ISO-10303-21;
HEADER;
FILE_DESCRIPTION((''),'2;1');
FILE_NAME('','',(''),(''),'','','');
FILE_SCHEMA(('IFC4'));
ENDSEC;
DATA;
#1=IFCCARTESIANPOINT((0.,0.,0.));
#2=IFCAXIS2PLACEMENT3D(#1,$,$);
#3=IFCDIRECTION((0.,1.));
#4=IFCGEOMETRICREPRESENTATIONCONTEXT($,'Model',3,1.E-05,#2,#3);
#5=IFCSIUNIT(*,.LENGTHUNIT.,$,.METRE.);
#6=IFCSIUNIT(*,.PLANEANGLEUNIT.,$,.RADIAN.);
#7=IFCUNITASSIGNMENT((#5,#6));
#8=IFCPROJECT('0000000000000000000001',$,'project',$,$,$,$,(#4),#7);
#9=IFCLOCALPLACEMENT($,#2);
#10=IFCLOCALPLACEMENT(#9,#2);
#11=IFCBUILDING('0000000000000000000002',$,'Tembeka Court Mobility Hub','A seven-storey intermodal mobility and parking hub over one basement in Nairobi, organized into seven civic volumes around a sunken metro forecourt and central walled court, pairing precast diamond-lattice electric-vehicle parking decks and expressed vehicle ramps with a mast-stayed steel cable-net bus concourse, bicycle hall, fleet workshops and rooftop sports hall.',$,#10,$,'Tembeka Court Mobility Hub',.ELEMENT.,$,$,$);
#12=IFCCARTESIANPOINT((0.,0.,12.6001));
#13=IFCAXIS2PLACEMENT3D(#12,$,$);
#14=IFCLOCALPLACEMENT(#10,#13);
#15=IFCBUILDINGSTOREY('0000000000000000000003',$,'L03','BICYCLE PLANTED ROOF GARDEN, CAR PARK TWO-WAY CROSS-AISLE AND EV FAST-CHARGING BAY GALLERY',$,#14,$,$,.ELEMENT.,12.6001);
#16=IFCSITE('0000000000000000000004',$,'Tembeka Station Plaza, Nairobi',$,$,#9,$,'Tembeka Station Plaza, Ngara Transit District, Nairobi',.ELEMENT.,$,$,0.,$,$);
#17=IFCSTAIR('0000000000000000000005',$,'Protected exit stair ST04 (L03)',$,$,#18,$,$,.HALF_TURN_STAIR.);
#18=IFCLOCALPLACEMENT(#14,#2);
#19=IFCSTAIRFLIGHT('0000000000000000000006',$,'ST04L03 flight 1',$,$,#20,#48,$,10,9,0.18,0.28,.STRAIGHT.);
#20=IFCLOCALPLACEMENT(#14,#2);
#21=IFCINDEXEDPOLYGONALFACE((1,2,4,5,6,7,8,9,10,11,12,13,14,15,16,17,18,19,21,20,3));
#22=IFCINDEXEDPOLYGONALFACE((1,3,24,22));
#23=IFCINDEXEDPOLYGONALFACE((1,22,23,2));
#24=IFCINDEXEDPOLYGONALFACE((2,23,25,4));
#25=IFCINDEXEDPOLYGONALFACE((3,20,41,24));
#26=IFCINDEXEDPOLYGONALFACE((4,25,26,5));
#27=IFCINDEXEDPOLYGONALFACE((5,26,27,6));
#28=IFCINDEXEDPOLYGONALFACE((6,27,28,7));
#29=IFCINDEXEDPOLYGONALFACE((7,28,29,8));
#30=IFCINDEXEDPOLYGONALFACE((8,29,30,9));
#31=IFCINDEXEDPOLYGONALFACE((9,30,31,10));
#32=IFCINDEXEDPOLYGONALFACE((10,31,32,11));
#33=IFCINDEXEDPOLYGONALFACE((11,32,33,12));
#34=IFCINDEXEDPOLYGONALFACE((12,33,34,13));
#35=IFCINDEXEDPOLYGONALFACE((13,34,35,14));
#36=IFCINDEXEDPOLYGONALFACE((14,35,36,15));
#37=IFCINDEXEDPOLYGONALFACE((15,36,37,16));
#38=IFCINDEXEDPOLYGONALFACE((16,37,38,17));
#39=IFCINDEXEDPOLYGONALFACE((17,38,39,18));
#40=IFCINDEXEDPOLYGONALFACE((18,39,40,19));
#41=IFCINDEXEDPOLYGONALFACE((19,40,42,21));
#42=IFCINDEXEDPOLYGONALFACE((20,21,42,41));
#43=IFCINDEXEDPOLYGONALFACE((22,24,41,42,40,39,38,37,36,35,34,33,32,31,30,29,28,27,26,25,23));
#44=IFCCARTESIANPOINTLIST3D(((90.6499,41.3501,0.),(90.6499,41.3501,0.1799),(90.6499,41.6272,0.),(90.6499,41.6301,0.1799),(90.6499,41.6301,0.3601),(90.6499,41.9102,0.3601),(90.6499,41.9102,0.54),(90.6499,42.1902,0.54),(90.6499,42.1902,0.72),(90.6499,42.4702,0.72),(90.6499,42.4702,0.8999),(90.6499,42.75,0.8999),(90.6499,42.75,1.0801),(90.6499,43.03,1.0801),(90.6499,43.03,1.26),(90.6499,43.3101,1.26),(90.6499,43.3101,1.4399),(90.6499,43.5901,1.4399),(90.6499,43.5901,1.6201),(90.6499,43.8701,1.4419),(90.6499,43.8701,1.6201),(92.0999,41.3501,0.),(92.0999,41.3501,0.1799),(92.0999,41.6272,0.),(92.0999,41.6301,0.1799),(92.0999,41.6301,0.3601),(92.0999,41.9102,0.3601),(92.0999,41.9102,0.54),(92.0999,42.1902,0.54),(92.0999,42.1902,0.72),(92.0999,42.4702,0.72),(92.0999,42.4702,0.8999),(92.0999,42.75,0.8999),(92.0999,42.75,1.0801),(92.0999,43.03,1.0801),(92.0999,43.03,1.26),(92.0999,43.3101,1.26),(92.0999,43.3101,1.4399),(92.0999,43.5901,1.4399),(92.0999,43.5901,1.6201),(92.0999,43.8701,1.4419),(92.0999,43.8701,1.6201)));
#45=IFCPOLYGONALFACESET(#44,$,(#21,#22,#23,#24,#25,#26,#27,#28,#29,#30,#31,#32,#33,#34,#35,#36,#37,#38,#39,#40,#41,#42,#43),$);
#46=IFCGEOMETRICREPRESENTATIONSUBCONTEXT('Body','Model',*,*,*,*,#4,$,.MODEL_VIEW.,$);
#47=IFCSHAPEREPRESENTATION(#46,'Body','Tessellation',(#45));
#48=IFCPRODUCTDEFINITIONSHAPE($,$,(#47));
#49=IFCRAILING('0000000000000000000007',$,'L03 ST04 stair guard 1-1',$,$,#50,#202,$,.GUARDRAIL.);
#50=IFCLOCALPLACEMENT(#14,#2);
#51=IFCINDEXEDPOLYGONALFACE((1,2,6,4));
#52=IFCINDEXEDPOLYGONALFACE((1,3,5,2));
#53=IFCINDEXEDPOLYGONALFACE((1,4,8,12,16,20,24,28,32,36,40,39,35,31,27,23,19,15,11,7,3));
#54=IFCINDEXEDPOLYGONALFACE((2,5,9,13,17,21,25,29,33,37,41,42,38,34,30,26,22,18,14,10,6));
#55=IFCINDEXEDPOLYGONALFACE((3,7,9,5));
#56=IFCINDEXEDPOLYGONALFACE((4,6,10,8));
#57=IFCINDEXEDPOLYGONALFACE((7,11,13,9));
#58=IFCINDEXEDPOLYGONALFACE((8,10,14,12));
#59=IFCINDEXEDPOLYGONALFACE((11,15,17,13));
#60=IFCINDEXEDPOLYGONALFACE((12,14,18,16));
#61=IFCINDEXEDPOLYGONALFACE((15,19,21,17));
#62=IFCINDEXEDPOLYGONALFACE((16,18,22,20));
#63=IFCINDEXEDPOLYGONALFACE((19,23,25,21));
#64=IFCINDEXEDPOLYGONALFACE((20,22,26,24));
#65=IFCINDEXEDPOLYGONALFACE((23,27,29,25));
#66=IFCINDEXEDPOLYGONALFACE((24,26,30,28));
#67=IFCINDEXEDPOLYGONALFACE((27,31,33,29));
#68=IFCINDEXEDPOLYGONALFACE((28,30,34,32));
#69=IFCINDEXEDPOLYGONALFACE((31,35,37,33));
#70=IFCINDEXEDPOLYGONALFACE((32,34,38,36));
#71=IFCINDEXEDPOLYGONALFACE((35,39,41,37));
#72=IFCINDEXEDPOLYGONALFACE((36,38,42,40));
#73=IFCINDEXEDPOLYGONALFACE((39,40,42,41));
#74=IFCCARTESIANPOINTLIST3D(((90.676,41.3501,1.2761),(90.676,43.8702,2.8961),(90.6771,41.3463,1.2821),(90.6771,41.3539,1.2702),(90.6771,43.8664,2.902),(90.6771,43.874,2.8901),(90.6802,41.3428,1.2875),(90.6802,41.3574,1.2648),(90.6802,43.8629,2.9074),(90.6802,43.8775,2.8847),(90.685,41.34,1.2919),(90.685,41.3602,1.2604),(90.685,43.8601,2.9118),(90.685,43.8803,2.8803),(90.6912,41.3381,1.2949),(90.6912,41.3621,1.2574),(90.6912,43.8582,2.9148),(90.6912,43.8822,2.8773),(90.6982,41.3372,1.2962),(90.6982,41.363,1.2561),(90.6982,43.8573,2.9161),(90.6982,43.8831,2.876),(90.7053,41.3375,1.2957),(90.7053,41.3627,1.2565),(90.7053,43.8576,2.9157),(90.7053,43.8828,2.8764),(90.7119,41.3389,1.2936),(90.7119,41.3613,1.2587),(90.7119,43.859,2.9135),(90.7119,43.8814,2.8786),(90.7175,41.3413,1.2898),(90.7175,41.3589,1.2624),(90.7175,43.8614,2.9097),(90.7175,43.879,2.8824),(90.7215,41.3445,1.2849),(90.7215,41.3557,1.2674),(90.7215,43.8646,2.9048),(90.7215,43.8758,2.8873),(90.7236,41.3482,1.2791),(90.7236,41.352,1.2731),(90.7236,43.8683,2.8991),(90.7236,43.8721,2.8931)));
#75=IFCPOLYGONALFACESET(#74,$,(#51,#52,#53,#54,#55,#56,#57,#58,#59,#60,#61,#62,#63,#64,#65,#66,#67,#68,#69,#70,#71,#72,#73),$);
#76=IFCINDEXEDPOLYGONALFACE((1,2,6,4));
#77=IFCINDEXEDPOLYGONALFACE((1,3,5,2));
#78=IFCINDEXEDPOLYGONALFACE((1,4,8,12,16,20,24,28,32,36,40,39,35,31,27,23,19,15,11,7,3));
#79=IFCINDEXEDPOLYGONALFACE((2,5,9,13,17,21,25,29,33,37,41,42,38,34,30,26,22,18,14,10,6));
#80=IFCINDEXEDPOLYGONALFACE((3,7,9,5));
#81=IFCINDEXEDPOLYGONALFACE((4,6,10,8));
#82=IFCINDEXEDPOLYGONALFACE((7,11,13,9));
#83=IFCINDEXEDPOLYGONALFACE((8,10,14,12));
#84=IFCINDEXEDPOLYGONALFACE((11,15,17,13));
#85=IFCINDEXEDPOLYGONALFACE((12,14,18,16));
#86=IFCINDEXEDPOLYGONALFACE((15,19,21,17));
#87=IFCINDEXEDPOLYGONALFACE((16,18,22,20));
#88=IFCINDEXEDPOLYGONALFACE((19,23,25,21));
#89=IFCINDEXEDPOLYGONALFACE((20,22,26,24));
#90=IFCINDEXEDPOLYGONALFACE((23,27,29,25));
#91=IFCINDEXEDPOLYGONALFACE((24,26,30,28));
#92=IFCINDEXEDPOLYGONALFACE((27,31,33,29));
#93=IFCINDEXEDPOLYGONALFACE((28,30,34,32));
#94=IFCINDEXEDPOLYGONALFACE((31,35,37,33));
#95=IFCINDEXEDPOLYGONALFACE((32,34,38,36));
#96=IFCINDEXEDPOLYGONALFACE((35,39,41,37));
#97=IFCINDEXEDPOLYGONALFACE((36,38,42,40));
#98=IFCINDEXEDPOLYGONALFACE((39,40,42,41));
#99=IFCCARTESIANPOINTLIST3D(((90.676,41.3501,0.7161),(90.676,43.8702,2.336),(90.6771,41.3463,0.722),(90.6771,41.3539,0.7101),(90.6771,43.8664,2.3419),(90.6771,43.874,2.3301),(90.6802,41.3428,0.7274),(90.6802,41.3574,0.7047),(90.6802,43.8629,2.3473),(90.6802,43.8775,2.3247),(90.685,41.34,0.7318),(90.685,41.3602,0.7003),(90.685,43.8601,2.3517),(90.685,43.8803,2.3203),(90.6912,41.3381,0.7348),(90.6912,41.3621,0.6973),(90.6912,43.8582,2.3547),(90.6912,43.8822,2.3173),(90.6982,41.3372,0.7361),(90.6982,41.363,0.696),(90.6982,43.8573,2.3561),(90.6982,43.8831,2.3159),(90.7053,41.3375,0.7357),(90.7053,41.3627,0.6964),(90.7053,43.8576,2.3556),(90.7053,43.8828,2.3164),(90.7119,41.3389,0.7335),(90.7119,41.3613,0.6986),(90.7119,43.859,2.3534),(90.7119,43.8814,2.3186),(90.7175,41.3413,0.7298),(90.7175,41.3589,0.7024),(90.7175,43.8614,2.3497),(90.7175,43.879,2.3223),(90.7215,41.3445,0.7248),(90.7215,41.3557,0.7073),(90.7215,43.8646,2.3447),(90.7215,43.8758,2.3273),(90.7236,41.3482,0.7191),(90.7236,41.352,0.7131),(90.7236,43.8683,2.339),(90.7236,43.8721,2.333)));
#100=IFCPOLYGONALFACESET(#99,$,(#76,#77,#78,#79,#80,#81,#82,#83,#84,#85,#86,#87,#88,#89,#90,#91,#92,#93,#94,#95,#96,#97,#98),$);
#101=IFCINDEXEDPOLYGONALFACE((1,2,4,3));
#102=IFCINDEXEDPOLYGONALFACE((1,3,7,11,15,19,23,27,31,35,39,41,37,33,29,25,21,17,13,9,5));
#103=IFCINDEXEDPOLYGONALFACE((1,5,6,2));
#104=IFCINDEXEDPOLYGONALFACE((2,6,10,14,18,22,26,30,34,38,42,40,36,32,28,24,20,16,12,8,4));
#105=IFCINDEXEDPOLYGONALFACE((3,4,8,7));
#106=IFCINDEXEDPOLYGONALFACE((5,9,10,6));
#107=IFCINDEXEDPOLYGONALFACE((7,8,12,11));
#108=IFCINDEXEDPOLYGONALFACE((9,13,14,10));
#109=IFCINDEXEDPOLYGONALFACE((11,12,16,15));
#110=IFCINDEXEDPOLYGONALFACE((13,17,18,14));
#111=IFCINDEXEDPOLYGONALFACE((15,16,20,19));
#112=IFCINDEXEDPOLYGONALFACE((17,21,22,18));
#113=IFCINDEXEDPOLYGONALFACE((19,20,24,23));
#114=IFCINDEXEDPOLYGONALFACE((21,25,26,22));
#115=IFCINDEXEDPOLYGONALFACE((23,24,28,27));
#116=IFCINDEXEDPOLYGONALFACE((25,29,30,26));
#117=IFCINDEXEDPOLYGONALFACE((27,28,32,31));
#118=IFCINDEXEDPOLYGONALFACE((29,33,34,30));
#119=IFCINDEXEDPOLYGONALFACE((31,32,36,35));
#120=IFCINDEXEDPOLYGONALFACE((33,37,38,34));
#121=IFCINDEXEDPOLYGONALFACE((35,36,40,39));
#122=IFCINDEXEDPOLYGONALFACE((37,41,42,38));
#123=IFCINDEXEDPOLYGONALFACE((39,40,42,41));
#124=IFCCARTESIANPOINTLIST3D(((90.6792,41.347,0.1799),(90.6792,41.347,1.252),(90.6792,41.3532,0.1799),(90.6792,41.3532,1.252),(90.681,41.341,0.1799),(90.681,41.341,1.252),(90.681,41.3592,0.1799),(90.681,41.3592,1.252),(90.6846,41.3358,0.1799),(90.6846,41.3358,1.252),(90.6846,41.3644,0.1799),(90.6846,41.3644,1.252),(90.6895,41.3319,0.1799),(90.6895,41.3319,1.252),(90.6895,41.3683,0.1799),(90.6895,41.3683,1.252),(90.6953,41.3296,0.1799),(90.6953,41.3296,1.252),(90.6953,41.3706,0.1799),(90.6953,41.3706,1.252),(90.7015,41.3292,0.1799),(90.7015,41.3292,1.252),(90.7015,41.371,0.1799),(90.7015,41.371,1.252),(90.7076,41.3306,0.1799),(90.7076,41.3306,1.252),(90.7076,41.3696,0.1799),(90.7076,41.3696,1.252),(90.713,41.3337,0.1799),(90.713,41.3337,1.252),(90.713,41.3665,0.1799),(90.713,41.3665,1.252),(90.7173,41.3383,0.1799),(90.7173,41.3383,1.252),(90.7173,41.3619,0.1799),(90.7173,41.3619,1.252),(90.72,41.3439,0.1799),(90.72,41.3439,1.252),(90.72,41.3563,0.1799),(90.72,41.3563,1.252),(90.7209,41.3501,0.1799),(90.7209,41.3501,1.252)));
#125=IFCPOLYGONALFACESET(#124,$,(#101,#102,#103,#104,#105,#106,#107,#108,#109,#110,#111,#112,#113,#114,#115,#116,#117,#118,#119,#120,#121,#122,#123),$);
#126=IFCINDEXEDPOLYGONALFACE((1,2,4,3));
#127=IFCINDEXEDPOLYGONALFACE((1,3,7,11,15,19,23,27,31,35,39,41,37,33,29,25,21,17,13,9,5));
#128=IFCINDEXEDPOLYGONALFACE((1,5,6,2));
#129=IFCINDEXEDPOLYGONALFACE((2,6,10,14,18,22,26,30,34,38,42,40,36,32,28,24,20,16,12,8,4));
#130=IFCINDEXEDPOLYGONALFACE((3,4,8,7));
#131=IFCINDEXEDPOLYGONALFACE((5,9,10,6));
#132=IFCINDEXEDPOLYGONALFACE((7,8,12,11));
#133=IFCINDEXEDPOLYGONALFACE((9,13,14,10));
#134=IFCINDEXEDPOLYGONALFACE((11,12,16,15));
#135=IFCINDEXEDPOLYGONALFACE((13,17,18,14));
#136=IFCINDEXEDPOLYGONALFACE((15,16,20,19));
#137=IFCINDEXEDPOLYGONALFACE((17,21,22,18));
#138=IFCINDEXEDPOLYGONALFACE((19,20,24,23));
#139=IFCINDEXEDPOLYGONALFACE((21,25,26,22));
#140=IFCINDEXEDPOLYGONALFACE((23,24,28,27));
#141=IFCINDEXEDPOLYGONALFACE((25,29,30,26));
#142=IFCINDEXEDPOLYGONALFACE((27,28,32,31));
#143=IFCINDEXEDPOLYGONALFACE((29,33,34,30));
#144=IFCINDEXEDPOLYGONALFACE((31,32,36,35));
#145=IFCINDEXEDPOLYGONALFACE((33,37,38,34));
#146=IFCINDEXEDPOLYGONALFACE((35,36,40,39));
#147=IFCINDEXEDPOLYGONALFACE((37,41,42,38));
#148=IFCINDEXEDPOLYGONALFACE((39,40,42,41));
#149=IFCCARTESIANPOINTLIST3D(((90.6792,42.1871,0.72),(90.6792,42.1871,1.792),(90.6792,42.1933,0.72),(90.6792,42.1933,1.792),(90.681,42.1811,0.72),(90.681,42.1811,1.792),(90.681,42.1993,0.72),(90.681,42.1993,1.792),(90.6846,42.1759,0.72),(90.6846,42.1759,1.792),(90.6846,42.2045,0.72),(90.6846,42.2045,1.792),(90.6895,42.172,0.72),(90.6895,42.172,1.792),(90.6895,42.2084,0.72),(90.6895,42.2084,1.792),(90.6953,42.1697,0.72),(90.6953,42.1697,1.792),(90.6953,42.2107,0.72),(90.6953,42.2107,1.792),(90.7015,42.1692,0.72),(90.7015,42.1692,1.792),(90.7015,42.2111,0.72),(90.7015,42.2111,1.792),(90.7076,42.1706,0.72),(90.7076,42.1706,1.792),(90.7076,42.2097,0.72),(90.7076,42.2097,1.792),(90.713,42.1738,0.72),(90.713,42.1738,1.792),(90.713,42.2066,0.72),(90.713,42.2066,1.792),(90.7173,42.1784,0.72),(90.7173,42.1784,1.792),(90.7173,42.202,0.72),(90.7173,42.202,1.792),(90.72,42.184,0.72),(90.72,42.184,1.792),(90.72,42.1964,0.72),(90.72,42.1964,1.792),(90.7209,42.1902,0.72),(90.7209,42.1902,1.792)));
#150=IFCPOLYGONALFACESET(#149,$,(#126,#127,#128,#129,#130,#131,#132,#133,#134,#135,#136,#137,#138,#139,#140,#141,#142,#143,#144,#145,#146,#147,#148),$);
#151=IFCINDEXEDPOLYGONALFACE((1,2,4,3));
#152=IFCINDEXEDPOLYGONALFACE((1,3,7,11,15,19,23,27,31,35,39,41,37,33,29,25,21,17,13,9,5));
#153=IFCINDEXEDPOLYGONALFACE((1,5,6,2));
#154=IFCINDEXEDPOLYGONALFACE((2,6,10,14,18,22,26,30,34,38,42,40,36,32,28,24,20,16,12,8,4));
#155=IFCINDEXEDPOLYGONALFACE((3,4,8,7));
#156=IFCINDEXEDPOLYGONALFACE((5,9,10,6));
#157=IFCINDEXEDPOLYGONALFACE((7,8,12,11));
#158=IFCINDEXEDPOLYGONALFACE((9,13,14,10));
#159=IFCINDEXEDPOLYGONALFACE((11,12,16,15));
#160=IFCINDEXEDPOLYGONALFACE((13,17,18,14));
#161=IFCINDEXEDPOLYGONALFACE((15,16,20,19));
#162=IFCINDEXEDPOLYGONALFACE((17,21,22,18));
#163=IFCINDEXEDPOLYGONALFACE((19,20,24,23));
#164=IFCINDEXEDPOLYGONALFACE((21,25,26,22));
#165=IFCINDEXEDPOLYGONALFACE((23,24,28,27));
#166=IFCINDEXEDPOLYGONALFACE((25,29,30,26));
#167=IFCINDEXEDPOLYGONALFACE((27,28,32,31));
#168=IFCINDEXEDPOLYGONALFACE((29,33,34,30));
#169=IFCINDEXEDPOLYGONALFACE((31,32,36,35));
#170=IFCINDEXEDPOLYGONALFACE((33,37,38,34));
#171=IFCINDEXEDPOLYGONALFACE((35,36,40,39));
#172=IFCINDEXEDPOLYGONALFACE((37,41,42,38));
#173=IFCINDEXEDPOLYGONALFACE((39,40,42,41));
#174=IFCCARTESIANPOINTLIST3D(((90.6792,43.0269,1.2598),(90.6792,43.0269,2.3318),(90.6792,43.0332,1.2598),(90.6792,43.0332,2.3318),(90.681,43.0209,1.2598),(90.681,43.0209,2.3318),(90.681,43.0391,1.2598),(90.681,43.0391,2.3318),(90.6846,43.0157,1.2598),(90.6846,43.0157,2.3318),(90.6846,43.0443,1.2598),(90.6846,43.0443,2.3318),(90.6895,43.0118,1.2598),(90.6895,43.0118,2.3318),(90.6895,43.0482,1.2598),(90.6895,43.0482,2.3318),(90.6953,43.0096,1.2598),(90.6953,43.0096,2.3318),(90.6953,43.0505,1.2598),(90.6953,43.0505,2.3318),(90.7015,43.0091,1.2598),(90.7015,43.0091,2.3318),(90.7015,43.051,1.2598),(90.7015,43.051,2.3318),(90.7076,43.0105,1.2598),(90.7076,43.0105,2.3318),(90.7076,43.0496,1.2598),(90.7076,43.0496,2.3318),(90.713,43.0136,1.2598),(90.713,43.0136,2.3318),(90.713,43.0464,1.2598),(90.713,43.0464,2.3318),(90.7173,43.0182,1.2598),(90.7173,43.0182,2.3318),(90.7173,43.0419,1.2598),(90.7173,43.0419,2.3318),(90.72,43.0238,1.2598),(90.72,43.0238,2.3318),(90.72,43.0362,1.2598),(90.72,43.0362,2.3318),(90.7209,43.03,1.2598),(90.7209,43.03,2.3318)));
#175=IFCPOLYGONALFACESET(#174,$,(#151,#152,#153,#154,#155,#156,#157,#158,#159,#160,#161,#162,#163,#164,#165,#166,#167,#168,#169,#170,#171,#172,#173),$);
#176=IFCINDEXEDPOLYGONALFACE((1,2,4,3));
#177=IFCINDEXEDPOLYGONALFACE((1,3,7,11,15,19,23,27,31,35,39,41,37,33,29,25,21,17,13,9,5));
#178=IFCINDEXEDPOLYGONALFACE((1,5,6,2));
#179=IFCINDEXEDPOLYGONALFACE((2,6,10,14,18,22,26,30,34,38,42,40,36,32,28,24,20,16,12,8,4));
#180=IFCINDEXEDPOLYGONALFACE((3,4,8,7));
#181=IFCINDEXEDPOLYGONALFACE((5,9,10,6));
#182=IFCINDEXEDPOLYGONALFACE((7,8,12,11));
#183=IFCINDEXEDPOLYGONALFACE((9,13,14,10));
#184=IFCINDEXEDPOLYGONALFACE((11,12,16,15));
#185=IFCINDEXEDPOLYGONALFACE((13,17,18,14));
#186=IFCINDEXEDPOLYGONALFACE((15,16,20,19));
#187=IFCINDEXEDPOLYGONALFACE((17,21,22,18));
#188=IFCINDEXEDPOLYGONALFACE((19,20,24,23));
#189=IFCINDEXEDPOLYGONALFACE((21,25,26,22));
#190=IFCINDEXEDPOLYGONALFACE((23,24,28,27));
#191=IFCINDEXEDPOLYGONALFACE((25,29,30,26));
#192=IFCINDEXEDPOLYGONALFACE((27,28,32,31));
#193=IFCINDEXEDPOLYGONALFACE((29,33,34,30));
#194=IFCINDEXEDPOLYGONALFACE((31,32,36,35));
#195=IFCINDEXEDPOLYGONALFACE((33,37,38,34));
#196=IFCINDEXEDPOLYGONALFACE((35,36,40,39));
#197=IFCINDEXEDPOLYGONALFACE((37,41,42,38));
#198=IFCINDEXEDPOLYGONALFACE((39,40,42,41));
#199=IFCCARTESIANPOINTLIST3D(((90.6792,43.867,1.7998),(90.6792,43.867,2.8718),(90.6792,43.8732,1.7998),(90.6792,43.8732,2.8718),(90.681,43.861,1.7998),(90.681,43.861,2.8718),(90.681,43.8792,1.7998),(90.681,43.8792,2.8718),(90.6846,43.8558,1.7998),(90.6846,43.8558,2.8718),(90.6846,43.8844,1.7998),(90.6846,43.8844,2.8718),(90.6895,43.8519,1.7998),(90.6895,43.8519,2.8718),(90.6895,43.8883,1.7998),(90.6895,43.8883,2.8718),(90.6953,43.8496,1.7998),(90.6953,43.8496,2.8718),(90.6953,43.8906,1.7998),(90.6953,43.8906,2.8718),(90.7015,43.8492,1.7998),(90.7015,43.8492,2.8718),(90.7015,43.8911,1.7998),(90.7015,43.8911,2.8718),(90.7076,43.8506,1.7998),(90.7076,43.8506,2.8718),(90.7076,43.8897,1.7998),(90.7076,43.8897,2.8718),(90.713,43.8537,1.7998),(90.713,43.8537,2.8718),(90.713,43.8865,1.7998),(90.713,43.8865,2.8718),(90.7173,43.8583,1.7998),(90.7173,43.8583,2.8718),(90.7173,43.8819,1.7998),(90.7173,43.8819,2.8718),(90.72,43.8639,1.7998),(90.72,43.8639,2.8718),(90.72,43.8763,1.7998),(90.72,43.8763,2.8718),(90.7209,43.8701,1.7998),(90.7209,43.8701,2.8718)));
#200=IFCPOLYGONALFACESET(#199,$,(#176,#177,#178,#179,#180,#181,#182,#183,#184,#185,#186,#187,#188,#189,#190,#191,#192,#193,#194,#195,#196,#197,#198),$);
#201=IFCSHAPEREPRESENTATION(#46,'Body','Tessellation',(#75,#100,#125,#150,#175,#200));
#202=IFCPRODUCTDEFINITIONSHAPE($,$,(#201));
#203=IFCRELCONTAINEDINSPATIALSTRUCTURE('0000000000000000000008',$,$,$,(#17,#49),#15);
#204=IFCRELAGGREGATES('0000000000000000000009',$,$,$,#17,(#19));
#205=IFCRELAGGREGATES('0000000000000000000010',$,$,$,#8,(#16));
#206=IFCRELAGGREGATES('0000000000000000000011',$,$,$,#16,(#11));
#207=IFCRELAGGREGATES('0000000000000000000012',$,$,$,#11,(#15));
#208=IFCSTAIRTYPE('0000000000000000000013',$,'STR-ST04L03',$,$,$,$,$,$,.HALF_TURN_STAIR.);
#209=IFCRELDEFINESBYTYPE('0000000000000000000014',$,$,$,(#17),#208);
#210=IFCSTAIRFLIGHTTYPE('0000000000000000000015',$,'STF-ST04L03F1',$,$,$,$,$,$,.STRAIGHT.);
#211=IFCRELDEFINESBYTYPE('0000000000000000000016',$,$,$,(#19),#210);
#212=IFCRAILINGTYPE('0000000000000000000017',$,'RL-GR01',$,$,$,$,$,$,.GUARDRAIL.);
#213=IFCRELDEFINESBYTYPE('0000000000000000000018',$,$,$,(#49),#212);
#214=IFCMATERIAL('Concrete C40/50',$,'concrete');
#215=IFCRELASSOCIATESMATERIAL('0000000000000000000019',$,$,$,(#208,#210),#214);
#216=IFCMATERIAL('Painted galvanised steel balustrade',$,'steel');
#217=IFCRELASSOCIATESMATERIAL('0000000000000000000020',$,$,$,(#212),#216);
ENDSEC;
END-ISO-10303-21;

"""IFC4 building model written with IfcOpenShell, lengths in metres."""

from ifc_helpers import new_model, si_unit, direction, frame, origin, origin_2d, place, context, subcontext, project, spatial, polyline, circle, outline, extrude, material, type_object, element, aggregate, save


model = new_model("IFC4")

# Units and contexts
model_context = context("Model", 3, precision=1e-05, world=origin(), true_north=direction((0.0, 1.0)))
body_context = subcontext(model_context, "Body", "Model", "MODEL_VIEW")
ifc_project = project(units=[si_unit("LENGTHUNIT", "METRE"), si_unit("PLANEANGLEUNIT", "RADIAN")], contexts=[model_context])

# Site, building, storey
site_placement = place(None, origin())
site = spatial("IfcSite", under=ifc_project, at=site_placement, Name="Tembeka Station Plaza, Nairobi", LongName="Tembeka Station Plaza, Ngara Transit District, Nairobi", CompositionType="ELEMENT", RefElevation=0.0)
building_placement = place(site_placement, origin())
building = spatial("IfcBuilding", under=site, at=building_placement, Name="Tembeka Court Mobility Hub", Description="A seven-storey intermodal mobility and parking hub over one basement in Nairobi, organized into seven civic volumes around a sunken metro forecourt and central walled court, pairing precast diamond-lattice electric-vehicle parking decks and expressed vehicle ramps with a mast-stayed steel cable-net bus concourse, bicycle hall, fleet workshops and rooftop sports hall.", LongName="Tembeka Court Mobility Hub", CompositionType="ELEMENT")
storey_placement = place(building_placement, frame((0.0, 0.0, 12.6001)))
storey = spatial("IfcBuildingStorey", under=building, at=storey_placement, Name="L03", Description="BICYCLE PLANTED ROOF GARDEN, CAR PARK TWO-WAY CROSS-AISLE AND EV FAST-CHARGING BAY GALLERY", CompositionType="ELEMENT", Elevation=12.6001)

# Shared definitions
ifc_material_1 = material(Name="Concrete C40/50", Category="concrete")

# Stair, stair flight
stair_type = type_object("IfcStairType", Name="STR-ST04L03", PredefinedType="HALF_TURN_STAIR", material=ifc_material_1)
stair_placement = place(storey_placement, origin())
stair = element("IfcStair", 1, at=stair_placement, inside=storey, type_object=stair_type, Name="Protected exit stair ST04 (L03)", PredefinedType="HALF_TURN_STAIR")
stair_flight_type = type_object("IfcStairFlightType", Name="STF-ST04L03F1", PredefinedType="STRAIGHT", material=ifc_material_1)
stair_flight_placement = place(storey_placement, frame((91.375, 41.3501, 0.0), z_axis=(0.0, 0.0, 1.0), x_axis=(0.0, 1.0, 0.0)))
stair_flight = element("IfcStairFlight", 2, at=stair_flight_placement, type_object=stair_flight_type, Name="ST04L03 flight 1", NumberOfRisers=10, NumberOfTreads=9, PredefinedType="STRAIGHT", RiserHeight=0.18, TreadLength=0.28, context=body_context, shape_type="SweptSolid", body=[
    extrude(outline(polyline([(0.0, 0.0), (0.0, 0.1799), (0.28, 0.1799), (0.28, 0.3601), (0.5601, 0.3601), (0.5601, 0.54), (0.8401, 0.54), (0.8401, 0.72), (1.1201, 0.72), (1.1201, 0.8999), (1.3999, 0.8999), (1.3999, 1.0801), (1.6799, 1.0801), (1.6799, 1.26), (1.96, 1.26), (1.96, 1.4399), (2.24, 1.4399), (2.24, 1.6201), (2.52, 1.6201), (2.52, 1.8), (2.52, 1.4419), (0.2771, 0.0), (0.0, 0.0)])), frame((0.0, 0.7251, 0.0), z_axis=(0.0, -1.0, 0.0), x_axis=(1.0, 0.0, 0.0)), (0.0, 0.0, 1.0), 1.45),
])
aggregate(stair, [stair_flight])

# Railing
ifc_material_2 = material(Name="Painted galvanised steel balustrade", Category="steel")
railing_type_1 = type_object("IfcRailingType", Name="RL-GR01", PredefinedType="GUARDRAIL", material=ifc_material_2)
railing_1_placement = place(storey_placement, frame((90.7, 41.3501, 0.1799)))
element("IfcRailing", 3, at=railing_1_placement, inside=storey, type_object=railing_type_1, Name="L03 ST04 stair guard 1-1", PredefinedType="GUARDRAIL", context=body_context, shape_type="SweptSolid", body=[
    extrude(circle(Radius=0.0239, at=origin_2d()), frame((0.0, 0.0, 1.0962), z_axis=(0.0, 0.8412, 0.540725), x_axis=(-1.0, 0.0, 0.0)), (0.0, 0.0, 1.0), 2.9958),
    extrude(circle(Radius=0.0239, at=origin_2d()), frame((0.0, 0.0, 0.5361), z_axis=(0.0, 0.8412, 0.540725), x_axis=(-1.0, 0.0, 0.0)), (0.0, 0.0, 1.0), 2.9958),
    extrude(circle(Radius=0.021, at=origin_2d()), origin(), (0.0, 0.0, 1.0), 1.072),
    extrude(circle(Radius=0.021, at=origin_2d()), frame((0.0, 0.8401, 0.54)), (0.0, 0.0, 1.0), 1.072),
    extrude(circle(Radius=0.021, at=origin_2d()), frame((0.0, 1.6799, 1.0798)), (0.0, 0.0, 1.0), 1.072),
    extrude(circle(Radius=0.021, at=origin_2d()), frame((0.0, 2.52, 1.6199)), (0.0, 0.0, 1.0), 1.072),
])

save(model, "model.ifc")
